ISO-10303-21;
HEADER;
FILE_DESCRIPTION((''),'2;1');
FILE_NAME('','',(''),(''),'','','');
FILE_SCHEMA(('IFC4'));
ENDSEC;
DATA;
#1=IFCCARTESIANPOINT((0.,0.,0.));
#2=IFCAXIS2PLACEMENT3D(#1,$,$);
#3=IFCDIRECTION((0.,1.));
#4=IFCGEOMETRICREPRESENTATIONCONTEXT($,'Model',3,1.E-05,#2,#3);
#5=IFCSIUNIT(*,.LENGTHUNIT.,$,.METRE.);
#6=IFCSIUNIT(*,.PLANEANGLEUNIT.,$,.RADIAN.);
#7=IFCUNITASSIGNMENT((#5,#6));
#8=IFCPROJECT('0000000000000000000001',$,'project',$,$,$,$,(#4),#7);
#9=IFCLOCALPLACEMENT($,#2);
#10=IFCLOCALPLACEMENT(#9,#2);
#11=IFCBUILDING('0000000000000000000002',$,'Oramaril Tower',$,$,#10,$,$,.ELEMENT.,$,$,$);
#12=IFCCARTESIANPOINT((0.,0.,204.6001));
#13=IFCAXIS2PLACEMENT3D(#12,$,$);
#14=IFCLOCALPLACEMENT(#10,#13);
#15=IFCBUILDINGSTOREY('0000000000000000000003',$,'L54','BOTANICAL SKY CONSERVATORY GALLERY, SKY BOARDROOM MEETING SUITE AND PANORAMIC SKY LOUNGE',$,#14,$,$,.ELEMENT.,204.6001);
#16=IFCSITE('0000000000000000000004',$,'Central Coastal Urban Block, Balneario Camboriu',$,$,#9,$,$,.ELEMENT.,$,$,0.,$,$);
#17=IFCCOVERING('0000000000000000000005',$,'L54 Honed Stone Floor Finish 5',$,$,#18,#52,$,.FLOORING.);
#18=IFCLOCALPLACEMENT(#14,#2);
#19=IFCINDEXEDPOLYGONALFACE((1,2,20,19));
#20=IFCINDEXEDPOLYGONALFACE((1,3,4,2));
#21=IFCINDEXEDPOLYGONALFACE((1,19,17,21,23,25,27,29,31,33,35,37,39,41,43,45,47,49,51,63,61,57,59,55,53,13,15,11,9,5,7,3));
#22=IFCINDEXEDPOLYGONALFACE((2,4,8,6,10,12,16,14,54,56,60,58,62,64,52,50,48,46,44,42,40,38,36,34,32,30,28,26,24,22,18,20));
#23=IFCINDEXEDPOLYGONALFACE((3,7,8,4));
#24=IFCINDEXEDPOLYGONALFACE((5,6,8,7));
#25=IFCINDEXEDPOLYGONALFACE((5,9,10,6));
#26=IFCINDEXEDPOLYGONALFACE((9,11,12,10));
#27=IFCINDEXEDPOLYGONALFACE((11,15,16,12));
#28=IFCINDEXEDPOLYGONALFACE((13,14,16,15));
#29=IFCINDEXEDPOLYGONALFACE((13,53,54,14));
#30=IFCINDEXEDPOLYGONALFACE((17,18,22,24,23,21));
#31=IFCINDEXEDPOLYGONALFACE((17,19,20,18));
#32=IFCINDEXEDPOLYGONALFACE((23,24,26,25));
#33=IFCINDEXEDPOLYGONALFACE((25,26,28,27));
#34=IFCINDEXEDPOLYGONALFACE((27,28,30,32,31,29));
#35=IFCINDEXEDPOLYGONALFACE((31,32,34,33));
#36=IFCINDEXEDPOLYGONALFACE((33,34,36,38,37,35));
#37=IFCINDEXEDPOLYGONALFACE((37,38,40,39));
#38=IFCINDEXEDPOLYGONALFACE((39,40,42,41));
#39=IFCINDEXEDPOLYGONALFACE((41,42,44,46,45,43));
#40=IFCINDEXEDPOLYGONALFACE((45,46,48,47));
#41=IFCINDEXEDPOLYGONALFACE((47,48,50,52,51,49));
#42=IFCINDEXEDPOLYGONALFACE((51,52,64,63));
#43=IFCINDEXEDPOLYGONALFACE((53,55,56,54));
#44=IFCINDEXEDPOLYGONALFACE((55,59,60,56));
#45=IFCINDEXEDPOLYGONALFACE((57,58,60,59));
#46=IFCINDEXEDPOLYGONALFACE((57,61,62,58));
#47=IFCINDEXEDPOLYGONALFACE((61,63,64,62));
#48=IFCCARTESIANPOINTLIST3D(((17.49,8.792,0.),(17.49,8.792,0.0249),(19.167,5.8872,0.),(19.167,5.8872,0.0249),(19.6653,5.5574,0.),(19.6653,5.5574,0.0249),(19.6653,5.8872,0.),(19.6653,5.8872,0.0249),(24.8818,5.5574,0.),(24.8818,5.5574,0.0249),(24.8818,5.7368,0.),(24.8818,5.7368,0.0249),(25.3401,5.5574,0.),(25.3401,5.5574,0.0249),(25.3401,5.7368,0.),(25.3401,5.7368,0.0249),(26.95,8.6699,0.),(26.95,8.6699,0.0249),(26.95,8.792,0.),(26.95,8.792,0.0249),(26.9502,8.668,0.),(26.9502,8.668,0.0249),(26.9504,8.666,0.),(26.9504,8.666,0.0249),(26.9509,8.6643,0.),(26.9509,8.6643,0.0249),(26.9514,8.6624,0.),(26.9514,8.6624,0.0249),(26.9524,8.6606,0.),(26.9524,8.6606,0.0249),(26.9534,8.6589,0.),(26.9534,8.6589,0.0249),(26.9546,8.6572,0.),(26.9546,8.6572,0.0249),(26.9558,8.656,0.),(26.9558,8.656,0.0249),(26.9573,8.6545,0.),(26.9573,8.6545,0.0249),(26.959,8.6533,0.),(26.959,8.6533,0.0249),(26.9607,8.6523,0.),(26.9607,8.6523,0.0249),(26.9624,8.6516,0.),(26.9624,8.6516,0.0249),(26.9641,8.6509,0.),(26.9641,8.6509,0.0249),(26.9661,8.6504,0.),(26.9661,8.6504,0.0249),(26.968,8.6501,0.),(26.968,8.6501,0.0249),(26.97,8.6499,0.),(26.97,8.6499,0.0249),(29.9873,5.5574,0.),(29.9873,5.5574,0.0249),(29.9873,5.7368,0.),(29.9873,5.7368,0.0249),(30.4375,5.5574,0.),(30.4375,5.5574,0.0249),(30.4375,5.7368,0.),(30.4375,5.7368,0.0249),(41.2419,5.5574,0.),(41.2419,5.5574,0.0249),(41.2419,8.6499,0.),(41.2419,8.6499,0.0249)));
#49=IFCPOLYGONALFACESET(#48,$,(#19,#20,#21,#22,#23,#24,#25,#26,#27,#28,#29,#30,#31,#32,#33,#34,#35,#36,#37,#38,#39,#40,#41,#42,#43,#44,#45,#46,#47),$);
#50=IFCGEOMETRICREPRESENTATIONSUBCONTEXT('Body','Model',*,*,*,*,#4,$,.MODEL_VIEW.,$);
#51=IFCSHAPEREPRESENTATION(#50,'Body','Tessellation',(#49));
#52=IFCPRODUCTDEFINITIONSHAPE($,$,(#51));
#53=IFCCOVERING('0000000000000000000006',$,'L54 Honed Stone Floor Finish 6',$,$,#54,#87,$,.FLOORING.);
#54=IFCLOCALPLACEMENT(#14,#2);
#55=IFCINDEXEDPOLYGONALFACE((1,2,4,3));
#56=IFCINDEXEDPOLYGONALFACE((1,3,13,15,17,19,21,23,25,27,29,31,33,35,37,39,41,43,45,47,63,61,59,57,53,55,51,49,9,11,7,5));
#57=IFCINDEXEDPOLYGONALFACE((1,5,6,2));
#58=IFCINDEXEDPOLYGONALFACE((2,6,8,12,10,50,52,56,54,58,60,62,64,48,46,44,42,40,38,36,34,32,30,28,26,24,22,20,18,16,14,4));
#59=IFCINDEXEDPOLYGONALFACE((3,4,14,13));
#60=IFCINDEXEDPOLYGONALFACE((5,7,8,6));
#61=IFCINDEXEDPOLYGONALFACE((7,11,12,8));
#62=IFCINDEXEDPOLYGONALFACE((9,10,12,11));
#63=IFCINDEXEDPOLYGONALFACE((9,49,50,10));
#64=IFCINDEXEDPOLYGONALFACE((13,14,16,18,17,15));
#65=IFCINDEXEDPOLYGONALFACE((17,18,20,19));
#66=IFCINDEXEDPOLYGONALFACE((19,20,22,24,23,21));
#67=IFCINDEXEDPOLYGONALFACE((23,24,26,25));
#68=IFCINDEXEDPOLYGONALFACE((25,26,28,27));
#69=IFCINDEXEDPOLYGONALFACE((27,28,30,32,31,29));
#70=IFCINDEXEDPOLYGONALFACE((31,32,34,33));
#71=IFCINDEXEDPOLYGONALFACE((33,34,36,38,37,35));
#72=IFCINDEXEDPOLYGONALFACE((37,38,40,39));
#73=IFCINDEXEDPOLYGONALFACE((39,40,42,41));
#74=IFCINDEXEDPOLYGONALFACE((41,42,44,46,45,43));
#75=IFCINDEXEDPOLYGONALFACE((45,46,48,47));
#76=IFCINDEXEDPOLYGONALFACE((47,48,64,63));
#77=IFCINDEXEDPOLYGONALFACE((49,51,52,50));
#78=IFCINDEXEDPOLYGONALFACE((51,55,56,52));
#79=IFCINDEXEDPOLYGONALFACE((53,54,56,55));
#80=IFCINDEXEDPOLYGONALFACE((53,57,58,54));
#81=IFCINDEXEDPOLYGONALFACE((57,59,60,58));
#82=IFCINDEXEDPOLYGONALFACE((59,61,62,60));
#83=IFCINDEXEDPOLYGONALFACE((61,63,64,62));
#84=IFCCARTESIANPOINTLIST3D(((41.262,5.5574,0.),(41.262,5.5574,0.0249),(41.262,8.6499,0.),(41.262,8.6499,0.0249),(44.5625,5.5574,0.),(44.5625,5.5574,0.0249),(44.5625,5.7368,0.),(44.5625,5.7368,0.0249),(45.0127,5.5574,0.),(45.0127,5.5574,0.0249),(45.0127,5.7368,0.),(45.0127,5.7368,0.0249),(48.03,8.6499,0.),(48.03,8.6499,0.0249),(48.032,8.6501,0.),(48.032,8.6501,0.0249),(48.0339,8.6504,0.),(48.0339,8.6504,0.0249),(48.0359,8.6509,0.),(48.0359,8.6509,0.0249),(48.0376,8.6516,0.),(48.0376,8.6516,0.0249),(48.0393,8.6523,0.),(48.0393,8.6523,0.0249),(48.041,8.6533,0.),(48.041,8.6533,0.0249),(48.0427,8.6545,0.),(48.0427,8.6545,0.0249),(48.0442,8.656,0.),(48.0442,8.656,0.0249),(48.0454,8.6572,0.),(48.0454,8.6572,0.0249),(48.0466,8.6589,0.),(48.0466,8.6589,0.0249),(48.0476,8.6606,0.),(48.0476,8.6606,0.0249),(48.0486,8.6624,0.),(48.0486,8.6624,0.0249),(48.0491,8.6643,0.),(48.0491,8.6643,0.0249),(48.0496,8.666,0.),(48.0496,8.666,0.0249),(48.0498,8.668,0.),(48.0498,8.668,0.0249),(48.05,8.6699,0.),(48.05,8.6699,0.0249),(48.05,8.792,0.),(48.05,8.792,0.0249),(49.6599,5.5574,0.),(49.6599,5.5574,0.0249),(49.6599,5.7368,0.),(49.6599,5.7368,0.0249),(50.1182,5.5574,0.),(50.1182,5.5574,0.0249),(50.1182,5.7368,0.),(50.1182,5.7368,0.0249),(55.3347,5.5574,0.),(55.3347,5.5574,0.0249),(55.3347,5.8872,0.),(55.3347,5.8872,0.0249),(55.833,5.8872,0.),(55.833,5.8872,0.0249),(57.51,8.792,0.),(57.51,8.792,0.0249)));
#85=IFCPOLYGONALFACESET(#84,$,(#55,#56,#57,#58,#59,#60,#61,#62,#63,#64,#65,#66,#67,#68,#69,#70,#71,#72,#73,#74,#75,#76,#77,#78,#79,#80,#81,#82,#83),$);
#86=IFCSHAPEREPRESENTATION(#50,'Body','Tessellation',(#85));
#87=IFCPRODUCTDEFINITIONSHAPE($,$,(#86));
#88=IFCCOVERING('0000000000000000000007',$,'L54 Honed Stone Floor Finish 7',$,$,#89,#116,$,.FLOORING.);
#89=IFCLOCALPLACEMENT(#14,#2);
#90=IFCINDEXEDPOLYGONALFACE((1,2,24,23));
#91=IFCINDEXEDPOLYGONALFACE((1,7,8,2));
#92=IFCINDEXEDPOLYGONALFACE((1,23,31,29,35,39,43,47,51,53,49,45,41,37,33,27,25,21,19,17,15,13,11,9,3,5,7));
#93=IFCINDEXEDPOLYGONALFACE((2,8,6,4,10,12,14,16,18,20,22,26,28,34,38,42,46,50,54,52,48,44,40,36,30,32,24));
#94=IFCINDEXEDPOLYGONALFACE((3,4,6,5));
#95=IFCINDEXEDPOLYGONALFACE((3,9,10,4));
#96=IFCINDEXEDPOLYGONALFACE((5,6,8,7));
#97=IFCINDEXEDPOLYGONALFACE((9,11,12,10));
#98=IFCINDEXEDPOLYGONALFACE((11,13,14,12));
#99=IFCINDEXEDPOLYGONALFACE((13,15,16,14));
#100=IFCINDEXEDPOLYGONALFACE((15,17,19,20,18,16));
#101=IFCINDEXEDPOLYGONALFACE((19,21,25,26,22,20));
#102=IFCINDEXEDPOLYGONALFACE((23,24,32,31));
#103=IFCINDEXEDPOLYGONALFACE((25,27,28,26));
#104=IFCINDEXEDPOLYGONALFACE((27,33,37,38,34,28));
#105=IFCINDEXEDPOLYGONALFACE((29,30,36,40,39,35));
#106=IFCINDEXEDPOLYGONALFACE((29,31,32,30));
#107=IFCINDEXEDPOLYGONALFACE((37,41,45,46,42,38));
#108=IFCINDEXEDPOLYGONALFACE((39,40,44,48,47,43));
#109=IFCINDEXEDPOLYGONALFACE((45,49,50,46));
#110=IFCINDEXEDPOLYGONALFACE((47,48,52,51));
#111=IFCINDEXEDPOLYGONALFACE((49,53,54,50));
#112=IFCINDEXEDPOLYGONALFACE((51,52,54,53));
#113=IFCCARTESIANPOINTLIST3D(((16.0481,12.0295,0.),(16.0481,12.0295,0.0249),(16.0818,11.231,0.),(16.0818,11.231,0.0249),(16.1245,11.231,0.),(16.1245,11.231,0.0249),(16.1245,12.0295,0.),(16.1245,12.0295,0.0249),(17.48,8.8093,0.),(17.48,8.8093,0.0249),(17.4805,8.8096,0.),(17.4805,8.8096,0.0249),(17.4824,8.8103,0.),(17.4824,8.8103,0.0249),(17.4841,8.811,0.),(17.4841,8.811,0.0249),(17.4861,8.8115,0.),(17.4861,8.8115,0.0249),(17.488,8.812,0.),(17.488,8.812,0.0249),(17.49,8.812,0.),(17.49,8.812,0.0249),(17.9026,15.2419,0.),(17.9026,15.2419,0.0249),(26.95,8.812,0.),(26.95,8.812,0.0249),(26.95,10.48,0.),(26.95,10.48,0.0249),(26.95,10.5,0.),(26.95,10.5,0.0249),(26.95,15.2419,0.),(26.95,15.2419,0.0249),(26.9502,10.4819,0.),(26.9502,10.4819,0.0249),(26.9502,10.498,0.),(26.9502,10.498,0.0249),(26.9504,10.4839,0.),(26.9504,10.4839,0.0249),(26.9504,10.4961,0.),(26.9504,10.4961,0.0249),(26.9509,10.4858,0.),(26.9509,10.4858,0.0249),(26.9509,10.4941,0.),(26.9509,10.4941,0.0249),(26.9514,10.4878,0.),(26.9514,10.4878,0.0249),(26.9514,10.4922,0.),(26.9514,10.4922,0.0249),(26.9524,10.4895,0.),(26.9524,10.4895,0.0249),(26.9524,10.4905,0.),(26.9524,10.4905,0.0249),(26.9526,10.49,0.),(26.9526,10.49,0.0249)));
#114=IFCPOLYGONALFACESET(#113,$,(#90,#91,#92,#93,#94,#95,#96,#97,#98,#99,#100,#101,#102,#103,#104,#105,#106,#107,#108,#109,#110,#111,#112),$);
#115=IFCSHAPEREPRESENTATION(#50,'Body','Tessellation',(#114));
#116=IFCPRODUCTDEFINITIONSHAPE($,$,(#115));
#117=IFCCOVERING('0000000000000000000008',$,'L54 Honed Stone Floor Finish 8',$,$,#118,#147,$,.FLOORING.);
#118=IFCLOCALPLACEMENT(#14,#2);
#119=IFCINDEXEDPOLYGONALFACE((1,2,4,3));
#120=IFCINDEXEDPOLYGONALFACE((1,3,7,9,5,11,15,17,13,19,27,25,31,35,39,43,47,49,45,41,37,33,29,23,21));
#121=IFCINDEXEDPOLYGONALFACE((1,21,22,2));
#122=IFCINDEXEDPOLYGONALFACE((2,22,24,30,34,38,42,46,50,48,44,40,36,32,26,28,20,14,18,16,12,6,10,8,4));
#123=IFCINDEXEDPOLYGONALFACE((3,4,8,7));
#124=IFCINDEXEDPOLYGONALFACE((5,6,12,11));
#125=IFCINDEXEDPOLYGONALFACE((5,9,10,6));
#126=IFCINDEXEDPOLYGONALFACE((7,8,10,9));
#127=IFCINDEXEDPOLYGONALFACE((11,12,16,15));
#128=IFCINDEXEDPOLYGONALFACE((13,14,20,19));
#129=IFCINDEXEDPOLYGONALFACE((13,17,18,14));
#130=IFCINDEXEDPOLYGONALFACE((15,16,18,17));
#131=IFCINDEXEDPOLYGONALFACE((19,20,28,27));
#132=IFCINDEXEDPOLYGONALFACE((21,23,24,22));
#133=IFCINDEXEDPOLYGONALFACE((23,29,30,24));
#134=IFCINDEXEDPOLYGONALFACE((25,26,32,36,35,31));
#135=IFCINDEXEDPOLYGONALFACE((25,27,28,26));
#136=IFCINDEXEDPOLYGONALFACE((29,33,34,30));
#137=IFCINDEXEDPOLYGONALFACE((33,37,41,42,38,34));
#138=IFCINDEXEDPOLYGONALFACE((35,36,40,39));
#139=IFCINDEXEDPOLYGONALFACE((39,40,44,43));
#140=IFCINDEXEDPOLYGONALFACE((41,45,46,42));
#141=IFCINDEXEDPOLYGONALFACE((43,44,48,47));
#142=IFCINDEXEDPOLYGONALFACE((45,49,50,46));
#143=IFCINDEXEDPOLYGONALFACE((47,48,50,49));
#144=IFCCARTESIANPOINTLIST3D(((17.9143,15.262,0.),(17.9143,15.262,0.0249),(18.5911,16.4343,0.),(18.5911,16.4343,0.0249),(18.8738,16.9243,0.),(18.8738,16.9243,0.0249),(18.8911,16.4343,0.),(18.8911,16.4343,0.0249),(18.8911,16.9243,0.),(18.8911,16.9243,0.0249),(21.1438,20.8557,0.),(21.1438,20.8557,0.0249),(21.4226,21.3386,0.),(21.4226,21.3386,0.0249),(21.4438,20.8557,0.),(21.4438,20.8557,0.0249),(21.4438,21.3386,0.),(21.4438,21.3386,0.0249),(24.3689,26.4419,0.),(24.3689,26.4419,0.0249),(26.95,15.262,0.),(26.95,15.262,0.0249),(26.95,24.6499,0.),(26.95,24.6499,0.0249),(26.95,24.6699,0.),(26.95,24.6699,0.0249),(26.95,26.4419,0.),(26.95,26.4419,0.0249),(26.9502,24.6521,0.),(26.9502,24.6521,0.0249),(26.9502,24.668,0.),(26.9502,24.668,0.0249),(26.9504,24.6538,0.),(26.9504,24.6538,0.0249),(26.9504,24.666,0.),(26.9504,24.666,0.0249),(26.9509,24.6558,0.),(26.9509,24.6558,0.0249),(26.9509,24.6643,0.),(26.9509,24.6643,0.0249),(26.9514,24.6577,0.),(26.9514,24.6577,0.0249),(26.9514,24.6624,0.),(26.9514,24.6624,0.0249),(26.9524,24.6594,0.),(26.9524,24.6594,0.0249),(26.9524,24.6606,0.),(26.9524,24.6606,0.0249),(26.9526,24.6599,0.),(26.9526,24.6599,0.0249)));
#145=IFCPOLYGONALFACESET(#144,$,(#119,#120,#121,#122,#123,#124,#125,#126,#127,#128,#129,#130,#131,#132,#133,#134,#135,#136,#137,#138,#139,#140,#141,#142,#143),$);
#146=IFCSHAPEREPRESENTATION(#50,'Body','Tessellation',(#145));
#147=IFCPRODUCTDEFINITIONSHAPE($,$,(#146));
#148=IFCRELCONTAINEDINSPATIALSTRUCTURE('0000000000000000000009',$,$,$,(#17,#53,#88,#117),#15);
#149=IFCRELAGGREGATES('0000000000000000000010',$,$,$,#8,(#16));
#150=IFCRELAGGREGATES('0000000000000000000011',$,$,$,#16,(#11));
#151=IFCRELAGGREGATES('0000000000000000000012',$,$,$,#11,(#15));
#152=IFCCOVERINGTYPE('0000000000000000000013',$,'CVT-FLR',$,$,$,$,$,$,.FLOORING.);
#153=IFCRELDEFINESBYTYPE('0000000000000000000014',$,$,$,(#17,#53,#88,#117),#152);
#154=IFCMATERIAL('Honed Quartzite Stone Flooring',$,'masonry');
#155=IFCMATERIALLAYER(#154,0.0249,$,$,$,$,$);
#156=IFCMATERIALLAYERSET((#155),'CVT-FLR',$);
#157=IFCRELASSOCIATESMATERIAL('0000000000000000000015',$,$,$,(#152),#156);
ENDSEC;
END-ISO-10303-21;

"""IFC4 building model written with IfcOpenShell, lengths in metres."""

from ifc_helpers import new_model, si_unit, direction, frame, origin, place, context, subcontext, project, spatial, polyline, outline, extrude, material, layer, layer_set, type_object, element, save


model = new_model("IFC4")

# Units and contexts
model_context = context("Model", 3, precision=1e-05, world=origin(), true_north=direction((0.0, 1.0)))
body_context = subcontext(model_context, "Body", "Model", "MODEL_VIEW")
ifc_project = project(units=[si_unit("LENGTHUNIT", "METRE"), si_unit("PLANEANGLEUNIT", "RADIAN")], contexts=[model_context])

# Site, building, storey
site_placement = place(None, origin())
site = spatial("IfcSite", under=ifc_project, at=site_placement, Name="Central Coastal Urban Block, Balneario Camboriu", CompositionType="ELEMENT", RefElevation=0.0)
building_placement = place(site_placement, origin())
building = spatial("IfcBuilding", under=site, at=building_placement, Name="Oramaril Tower", CompositionType="ELEMENT")
storey_placement = place(building_placement, frame((0.0, 0.0, 204.6001)))
storey = spatial("IfcBuildingStorey", under=building, at=storey_placement, Name="L54", Description="BOTANICAL SKY CONSERVATORY GALLERY, SKY BOARDROOM MEETING SUITE AND PANORAMIC SKY LOUNGE", CompositionType="ELEMENT", Elevation=204.6001)

# Coverings
ifc_material_1 = material(Name="Honed Quartzite Stone Flooring", Category="masonry")
ifc_layer_1 = layer(ifc_material_1, 0.0249)
ifc_layer_set_1 = layer_set([ifc_layer_1], Name="CVT-FLR")
covering_type_1 = type_object("IfcCoveringType", Name="CVT-FLR", PredefinedType="FLOORING", material=ifc_layer_set_1)
covering_1_placement = place(storey_placement, origin())
element("IfcCovering", 1, at=covering_1_placement, inside=storey, type_object=covering_type_1, Name="L54 Honed Stone Floor Finish 5", PredefinedType="FLOORING", context=body_context, shape_type="SweptSolid", body=[
    extrude(outline(polyline([(41.2419, 5.5574), (30.4375, 5.5574), (30.4375, 5.7368), (29.9873, 5.7368), (29.9873, 5.5574), (25.3401, 5.5574), (25.3401, 5.7368), (24.8818, 5.7368), (24.8818, 5.5574), (19.6653, 5.5574), (19.6653, 5.8872), (19.167, 5.8872), (17.49, 8.792), (26.95, 8.792), (26.95, 8.6699), (26.9502, 8.668), (26.9504, 8.666), (26.9509, 8.6643), (26.9514, 8.6624), (26.9524, 8.6606), (26.9534, 8.6589), (26.9546, 8.6572), (26.9558, 8.656), (26.9573, 8.6545), (26.959, 8.6533), (26.9607, 8.6523), (26.9624, 8.6516), (26.9641, 8.6509), (26.9661, 8.6504), (26.968, 8.6501), (26.97, 8.6499), (41.2419, 8.6499), (41.2419, 5.5574)])), origin(), (0.0, 0.0, 1.0), 0.0249),
])
covering_2_placement = place(storey_placement, origin())
element("IfcCovering", 2, at=covering_2_placement, inside=storey, type_object=covering_type_1, Name="L54 Honed Stone Floor Finish 6", PredefinedType="FLOORING", context=body_context, shape_type="SweptSolid", body=[
    extrude(outline(polyline([(50.1182, 5.7368), (49.6599, 5.7368), (49.6599, 5.5574), (45.0127, 5.5574), (45.0127, 5.7368), (44.5625, 5.7368), (44.5625, 5.5574), (41.262, 5.5574), (41.262, 8.6499), (48.03, 8.6499), (48.032, 8.6501), (48.0339, 8.6504), (48.0359, 8.6509), (48.0376, 8.6516), (48.0393, 8.6523), (48.041, 8.6533), (48.0427, 8.6545), (48.0442, 8.656), (48.0454, 8.6572), (48.0466, 8.6589), (48.0476, 8.6606), (48.0486, 8.6624), (48.0491, 8.6643), (48.0496, 8.666), (48.0498, 8.668), (48.05, 8.6699), (48.05, 8.792), (57.51, 8.792), (55.833, 5.8872), (55.3347, 5.8872), (55.3347, 5.5574), (50.1182, 5.5574), (50.1182, 5.7368)])), origin(), (0.0, 0.0, 1.0), 0.0249),
])
covering_3_placement = place(storey_placement, origin())
element("IfcCovering", 3, at=covering_3_placement, inside=storey, type_object=covering_type_1, Name="L54 Honed Stone Floor Finish 7", PredefinedType="FLOORING", context=body_context, shape_type="SweptSolid", body=[
    extrude(outline(polyline([(16.0818, 11.231), (16.1245, 11.231), (16.1245, 12.0295), (16.0481, 12.0295), (17.9026, 15.2419), (26.95, 15.2419), (26.95, 10.5), (26.9502, 10.498), (26.9504, 10.4961), (26.9509, 10.4941), (26.9514, 10.4922), (26.9524, 10.4905), (26.9526, 10.49), (26.9524, 10.4895), (26.9514, 10.4878), (26.9509, 10.4858), (26.9504, 10.4839), (26.9502, 10.4819), (26.95, 10.48), (26.95, 8.812), (17.49, 8.812), (17.488, 8.812), (17.4861, 8.8115), (17.4841, 8.811), (17.4824, 8.8103), (17.4805, 8.8096), (17.48, 8.8093), (16.0818, 11.231)])), origin(), (0.0, 0.0, 1.0), 0.0249),
])
covering_4_placement = place(storey_placement, origin())
element("IfcCovering", 4, at=covering_4_placement, inside=storey, type_object=covering_type_1, Name="L54 Honed Stone Floor Finish 8", PredefinedType="FLOORING", context=body_context, shape_type="SweptSolid", body=[
    extrude(outline(polyline([(18.5911, 16.4343), (18.8911, 16.4343), (18.8911, 16.9243), (18.8738, 16.9243), (21.1438, 20.8557), (21.4438, 20.8557), (21.4438, 21.3386), (21.4226, 21.3386), (24.3689, 26.4419), (26.95, 26.4419), (26.95, 24.6699), (26.9502, 24.668), (26.9504, 24.666), (26.9509, 24.6643), (26.9514, 24.6624), (26.9524, 24.6606), (26.9526, 24.6599), (26.9524, 24.6594), (26.9514, 24.6577), (26.9509, 24.6558), (26.9504, 24.6538), (26.9502, 24.6521), (26.95, 24.6499), (26.95, 15.262), (17.9143, 15.262), (18.5911, 16.4343)])), origin(), (0.0, 0.0, 1.0), 0.0249),
])

save(model, "model.ifc")
